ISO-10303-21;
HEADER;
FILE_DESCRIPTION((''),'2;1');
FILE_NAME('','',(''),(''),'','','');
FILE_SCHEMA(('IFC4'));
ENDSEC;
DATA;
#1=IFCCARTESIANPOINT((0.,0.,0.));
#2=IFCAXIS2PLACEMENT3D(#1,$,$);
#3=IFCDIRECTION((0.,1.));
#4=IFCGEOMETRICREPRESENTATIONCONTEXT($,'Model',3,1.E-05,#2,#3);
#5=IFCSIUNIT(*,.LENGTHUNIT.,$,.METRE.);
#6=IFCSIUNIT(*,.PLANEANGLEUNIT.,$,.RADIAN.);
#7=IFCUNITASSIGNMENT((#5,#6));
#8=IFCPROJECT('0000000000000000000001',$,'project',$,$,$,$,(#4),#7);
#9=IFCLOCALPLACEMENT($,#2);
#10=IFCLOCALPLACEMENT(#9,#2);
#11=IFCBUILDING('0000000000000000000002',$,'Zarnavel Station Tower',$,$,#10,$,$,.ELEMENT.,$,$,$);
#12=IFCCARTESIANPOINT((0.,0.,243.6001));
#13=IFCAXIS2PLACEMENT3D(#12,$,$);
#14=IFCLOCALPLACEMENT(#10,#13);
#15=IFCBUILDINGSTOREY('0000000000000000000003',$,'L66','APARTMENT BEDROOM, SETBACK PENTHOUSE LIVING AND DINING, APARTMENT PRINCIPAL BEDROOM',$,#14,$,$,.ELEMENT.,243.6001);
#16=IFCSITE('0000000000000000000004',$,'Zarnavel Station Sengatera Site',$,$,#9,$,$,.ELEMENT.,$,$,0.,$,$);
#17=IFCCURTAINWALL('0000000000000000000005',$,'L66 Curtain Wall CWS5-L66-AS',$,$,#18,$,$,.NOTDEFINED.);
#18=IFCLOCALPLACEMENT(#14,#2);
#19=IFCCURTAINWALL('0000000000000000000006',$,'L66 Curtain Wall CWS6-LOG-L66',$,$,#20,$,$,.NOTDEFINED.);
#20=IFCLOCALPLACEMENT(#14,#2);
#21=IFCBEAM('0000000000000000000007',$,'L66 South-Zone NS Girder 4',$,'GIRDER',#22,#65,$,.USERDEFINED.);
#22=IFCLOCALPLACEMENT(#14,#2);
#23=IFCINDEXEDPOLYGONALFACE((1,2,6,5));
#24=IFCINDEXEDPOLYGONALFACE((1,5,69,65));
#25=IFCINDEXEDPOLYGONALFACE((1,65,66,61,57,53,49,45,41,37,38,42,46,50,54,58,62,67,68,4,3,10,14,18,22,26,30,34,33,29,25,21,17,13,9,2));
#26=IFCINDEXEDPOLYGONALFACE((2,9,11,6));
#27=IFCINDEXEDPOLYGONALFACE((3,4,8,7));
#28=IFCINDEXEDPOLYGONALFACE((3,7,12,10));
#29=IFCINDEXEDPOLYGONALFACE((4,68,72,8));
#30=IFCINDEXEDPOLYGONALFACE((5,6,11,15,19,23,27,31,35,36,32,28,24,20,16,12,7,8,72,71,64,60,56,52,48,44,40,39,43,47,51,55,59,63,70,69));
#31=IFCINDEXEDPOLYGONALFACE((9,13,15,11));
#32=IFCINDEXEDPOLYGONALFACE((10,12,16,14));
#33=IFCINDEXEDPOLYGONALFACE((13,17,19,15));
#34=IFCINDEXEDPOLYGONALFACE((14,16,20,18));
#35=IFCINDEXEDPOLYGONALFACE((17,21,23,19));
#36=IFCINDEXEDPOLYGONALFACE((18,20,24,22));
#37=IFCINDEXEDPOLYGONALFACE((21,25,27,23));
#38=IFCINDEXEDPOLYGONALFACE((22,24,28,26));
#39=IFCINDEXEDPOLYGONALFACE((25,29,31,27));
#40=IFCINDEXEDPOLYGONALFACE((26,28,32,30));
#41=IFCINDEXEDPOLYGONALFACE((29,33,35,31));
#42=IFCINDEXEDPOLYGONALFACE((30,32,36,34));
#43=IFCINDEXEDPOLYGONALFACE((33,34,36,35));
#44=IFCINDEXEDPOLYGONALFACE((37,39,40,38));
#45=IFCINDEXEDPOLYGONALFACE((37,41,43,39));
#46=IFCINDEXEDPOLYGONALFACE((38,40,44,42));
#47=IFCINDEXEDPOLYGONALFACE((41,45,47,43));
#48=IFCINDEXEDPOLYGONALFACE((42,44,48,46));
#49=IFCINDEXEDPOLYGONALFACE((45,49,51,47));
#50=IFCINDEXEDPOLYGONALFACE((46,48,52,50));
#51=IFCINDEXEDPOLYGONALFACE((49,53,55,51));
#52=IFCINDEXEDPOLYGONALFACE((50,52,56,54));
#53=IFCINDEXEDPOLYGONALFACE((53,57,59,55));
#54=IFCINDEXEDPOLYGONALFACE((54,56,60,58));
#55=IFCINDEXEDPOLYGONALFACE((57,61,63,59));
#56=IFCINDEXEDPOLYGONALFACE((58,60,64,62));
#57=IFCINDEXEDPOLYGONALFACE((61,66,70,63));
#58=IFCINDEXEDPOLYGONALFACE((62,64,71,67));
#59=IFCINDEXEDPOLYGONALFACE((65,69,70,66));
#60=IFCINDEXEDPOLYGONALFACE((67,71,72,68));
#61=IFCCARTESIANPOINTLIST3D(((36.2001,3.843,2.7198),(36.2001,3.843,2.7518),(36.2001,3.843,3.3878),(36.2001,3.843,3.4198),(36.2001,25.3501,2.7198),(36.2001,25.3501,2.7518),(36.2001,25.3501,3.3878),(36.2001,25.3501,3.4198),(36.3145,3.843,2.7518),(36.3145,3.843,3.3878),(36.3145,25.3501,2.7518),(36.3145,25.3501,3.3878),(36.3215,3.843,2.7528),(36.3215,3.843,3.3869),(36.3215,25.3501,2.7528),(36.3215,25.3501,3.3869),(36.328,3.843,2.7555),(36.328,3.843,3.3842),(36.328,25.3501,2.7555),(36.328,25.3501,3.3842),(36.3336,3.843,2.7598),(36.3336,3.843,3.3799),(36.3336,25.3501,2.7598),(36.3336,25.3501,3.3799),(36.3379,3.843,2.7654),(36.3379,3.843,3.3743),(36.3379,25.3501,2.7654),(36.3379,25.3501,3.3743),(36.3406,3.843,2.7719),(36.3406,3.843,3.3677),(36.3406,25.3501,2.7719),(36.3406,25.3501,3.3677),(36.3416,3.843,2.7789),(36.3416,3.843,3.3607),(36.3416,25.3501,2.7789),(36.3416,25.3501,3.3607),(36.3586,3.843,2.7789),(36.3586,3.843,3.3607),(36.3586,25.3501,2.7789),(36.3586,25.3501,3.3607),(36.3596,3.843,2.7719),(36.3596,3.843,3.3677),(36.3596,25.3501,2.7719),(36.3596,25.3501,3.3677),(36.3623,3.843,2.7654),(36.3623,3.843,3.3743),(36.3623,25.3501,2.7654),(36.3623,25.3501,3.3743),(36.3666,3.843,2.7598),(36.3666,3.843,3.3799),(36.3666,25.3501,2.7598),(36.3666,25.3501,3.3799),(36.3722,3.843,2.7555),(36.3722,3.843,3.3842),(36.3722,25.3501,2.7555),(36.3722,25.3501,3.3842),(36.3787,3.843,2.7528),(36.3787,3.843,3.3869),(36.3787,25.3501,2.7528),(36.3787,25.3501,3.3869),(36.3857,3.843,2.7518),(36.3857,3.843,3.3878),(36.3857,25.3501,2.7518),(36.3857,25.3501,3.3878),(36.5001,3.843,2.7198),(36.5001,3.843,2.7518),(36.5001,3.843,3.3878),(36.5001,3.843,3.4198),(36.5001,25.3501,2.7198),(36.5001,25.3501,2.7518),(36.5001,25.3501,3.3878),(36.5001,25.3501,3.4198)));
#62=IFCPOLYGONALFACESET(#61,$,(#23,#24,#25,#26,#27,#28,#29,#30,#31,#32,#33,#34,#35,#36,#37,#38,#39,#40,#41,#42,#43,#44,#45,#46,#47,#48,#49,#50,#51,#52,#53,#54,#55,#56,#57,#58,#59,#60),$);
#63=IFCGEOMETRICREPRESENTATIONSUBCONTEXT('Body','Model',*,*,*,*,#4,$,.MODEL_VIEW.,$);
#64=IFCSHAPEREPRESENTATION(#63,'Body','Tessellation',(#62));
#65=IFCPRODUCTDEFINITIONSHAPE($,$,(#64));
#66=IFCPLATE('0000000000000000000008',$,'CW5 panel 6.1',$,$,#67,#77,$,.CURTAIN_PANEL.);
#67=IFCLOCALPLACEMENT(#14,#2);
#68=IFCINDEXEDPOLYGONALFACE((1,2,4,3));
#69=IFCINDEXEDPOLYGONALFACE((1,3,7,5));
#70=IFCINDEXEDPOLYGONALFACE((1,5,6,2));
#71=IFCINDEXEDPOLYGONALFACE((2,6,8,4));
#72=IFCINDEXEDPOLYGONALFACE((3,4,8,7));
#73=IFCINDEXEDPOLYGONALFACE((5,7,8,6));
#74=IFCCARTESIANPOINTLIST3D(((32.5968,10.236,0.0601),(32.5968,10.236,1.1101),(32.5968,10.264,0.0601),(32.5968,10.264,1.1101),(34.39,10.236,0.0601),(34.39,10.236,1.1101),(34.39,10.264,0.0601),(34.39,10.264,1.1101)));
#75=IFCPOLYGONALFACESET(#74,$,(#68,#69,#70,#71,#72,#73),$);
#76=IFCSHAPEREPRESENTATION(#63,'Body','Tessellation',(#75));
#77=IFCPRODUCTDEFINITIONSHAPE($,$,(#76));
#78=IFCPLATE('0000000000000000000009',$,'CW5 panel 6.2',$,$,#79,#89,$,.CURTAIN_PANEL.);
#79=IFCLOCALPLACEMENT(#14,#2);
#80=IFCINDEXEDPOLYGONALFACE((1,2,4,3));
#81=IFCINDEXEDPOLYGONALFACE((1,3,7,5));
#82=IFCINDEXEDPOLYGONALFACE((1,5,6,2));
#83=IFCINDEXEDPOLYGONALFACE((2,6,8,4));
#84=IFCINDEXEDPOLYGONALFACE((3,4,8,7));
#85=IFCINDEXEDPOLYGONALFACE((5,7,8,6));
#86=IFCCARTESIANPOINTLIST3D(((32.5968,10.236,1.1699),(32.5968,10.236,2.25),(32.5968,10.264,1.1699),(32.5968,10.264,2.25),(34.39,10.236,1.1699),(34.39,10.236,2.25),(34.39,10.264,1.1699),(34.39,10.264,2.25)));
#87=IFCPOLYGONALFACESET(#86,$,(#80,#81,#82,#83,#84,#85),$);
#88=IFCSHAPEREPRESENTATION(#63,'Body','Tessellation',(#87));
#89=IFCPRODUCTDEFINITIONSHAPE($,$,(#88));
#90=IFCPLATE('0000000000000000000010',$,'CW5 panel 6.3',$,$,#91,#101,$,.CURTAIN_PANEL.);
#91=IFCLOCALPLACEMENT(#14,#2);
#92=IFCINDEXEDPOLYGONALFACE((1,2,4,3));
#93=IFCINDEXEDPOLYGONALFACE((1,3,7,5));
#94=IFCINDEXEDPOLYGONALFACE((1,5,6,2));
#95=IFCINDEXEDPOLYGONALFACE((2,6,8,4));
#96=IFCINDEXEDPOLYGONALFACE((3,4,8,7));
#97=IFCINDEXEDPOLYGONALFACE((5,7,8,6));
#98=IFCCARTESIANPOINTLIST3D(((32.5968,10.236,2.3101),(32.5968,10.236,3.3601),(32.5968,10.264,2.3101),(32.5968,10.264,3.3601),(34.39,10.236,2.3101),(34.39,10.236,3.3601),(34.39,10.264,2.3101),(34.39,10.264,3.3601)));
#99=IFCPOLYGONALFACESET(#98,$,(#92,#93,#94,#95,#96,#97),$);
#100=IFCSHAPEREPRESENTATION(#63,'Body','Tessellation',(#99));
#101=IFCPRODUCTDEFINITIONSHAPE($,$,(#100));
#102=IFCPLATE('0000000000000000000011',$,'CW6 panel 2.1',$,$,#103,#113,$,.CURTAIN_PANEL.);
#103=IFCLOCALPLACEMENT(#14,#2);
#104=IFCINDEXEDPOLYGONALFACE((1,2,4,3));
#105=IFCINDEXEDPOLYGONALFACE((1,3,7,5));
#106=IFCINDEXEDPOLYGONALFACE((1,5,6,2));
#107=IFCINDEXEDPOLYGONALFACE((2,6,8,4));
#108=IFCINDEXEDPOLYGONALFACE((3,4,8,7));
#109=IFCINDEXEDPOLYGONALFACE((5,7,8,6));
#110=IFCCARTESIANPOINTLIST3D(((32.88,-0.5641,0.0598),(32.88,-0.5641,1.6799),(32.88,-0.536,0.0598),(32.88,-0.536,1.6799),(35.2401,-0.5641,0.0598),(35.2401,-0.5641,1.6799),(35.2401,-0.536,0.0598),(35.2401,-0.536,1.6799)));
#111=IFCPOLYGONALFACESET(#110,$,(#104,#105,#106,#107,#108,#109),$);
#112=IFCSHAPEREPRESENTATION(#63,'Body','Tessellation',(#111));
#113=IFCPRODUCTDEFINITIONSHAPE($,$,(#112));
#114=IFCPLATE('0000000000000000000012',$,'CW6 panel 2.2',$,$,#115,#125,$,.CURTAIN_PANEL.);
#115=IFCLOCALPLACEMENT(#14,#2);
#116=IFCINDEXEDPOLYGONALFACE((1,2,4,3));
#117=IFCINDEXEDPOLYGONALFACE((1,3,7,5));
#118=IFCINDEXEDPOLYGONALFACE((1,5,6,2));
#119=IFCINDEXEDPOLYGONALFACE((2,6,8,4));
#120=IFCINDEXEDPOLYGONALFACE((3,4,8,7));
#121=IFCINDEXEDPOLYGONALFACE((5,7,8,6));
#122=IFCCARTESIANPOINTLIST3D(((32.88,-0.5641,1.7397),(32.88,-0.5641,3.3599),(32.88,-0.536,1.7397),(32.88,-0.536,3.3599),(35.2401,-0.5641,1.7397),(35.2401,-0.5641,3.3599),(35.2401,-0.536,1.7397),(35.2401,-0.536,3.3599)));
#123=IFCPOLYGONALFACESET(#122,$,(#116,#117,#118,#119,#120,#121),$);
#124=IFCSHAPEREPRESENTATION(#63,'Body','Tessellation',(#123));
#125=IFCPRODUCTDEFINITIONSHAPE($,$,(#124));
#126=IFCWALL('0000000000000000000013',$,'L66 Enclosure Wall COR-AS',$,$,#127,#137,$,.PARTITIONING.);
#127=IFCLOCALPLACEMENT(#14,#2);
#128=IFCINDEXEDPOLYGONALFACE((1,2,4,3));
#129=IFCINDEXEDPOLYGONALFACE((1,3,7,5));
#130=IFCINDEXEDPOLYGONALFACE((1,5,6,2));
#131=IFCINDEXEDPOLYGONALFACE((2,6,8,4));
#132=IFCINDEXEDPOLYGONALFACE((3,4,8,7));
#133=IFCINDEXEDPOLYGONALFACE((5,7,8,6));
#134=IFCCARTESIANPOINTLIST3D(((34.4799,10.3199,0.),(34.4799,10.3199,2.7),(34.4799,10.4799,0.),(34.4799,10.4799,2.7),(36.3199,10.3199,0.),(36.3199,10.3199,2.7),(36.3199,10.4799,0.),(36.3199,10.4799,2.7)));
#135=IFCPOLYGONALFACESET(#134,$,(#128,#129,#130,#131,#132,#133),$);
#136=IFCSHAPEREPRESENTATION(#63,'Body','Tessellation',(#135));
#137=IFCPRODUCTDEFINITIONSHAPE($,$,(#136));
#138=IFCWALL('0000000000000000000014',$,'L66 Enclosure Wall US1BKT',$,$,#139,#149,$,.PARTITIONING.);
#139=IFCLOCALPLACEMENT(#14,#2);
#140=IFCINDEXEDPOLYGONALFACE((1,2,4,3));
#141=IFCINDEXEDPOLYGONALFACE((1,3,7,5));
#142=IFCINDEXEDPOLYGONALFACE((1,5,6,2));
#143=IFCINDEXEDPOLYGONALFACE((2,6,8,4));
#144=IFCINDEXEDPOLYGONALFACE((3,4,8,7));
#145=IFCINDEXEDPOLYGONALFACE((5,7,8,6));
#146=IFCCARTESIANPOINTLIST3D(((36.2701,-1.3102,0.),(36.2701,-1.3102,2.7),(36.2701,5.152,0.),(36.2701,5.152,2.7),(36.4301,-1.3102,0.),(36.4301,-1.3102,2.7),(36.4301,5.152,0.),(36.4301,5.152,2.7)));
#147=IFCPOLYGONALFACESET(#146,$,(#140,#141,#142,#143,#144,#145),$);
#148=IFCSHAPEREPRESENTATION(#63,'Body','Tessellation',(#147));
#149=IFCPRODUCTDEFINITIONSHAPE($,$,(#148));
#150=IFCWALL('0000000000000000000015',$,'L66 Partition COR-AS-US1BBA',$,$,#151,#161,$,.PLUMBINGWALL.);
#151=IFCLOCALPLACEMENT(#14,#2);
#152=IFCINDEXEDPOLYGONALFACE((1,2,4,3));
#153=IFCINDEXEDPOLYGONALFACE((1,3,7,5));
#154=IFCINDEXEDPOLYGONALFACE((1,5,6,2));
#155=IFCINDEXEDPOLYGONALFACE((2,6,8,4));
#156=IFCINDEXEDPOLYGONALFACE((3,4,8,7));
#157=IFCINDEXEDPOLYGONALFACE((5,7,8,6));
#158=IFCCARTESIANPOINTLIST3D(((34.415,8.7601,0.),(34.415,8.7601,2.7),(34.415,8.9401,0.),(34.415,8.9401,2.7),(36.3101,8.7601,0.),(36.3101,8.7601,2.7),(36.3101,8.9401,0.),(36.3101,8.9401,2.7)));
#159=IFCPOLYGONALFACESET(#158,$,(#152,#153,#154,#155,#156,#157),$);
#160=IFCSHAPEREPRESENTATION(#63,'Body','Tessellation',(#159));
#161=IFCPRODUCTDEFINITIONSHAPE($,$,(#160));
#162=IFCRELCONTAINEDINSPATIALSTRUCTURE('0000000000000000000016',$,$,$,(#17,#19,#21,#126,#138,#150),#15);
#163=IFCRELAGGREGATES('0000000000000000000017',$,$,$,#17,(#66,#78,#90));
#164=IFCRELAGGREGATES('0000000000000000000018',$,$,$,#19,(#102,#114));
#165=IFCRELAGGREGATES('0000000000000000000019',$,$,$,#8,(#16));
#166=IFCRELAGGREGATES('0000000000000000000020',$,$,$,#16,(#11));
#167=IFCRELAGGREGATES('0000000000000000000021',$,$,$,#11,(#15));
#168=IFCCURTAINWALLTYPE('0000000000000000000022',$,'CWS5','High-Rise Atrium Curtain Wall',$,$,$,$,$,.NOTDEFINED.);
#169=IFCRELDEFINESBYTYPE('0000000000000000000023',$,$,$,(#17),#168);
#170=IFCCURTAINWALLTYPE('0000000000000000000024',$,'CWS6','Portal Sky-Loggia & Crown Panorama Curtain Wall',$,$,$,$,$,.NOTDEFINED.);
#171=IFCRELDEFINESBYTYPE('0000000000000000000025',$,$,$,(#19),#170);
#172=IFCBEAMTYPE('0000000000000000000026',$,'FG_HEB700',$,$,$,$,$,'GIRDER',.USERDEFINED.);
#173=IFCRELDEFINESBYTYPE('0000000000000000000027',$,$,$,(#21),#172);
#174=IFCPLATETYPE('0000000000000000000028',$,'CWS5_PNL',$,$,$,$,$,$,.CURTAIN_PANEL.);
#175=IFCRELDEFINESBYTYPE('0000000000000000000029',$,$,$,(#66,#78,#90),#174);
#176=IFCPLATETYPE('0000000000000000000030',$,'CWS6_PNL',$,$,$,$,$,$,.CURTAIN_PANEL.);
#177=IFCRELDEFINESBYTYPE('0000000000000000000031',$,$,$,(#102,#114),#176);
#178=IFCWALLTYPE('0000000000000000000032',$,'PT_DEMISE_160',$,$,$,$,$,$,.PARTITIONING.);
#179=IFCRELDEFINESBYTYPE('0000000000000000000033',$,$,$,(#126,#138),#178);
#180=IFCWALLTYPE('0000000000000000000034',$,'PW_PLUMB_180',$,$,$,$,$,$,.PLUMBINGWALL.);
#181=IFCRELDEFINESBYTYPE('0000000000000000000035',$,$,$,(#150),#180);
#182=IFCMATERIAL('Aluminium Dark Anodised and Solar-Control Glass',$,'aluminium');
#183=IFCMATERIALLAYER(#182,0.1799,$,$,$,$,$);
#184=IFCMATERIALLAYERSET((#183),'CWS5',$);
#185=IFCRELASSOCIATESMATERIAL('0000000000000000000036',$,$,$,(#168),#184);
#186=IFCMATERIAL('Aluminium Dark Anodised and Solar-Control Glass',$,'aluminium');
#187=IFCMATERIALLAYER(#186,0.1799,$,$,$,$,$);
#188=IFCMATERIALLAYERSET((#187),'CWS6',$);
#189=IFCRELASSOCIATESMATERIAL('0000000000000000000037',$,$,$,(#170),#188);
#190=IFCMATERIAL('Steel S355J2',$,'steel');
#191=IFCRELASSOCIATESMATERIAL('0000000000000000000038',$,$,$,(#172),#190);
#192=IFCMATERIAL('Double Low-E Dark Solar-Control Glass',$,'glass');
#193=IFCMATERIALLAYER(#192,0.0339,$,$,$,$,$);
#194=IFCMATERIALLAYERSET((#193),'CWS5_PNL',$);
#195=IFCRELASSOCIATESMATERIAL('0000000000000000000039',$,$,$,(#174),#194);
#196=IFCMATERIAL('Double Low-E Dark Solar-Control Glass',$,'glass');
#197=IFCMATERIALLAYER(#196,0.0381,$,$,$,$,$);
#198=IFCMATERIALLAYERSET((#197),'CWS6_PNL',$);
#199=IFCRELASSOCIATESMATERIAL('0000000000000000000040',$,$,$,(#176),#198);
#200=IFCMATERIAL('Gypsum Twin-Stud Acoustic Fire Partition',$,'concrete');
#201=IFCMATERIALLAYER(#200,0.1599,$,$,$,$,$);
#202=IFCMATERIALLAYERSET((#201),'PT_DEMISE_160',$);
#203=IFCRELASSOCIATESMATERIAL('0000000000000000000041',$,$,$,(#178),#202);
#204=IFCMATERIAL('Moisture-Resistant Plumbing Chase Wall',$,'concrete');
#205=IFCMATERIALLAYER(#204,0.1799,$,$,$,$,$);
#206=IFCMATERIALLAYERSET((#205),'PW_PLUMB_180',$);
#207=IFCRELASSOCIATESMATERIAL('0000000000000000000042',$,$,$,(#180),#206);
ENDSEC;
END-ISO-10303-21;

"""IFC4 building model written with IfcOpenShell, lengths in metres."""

from ifc_helpers import new_model, si_unit, direction, frame, frame_2d, origin, origin_2d, place, context, subcontext, project, spatial, rectangle, i_section, extrude, material, layer, layer_set, material_profile, profile_set, type_object, element, aggregate, save


model = new_model("IFC4")

# Units and contexts
model_context = context("Model", 3, precision=1e-05, world=origin(), true_north=direction((0.0, 1.0)))
body_context = subcontext(model_context, "Body", "Model", "MODEL_VIEW")
ifc_project = project(units=[si_unit("LENGTHUNIT", "METRE"), si_unit("PLANEANGLEUNIT", "RADIAN")], contexts=[model_context])

# Site, building, storey
site_placement = place(None, origin())
site = spatial("IfcSite", under=ifc_project, at=site_placement, Name="Zarnavel Station Sengatera Site", CompositionType="ELEMENT", RefElevation=0.0)
building_placement = place(site_placement, origin())
building = spatial("IfcBuilding", under=site, at=building_placement, Name="Zarnavel Station Tower", CompositionType="ELEMENT")
storey_placement = place(building_placement, frame((0.0, 0.0, 243.6001)))
storey = spatial("IfcBuildingStorey", under=building, at=storey_placement, Name="L66", Description="APARTMENT BEDROOM, SETBACK PENTHOUSE LIVING AND DINING, APARTMENT PRINCIPAL BEDROOM", CompositionType="ELEMENT", Elevation=243.6001)

# Curtain wall
ifc_material_1 = material(Name="Aluminium Dark Anodised and Solar-Control Glass", Category="aluminium")
ifc_layer_1 = layer(ifc_material_1, 0.1799)
ifc_layer_set_1 = layer_set([ifc_layer_1], Name="CWS5")
curtain_wall_type_1 = type_object("IfcCurtainWallType", Name="CWS5", Description="High-Rise Atrium Curtain Wall", PredefinedType="NOTDEFINED", material=ifc_layer_set_1)
curtain_wall_1_placement = place(storey_placement, origin())
curtain_wall_1 = element("IfcCurtainWall", 1, at=curtain_wall_1_placement, inside=storey, type_object=curtain_wall_type_1, Name="L66 Curtain Wall CWS5-L66-AS", PredefinedType="NOTDEFINED")

# Curtain wall
ifc_material_2 = material(Name="Aluminium Dark Anodised and Solar-Control Glass", Category="aluminium")
ifc_layer_2 = layer(ifc_material_2, 0.1799)
ifc_layer_set_2 = layer_set([ifc_layer_2], Name="CWS6")
curtain_wall_type_2 = type_object("IfcCurtainWallType", Name="CWS6", Description="Portal Sky-Loggia & Crown Panorama Curtain Wall", PredefinedType="NOTDEFINED", material=ifc_layer_set_2)
curtain_wall_2_placement = place(storey_placement, origin())
curtain_wall_2 = element("IfcCurtainWall", 2, at=curtain_wall_2_placement, inside=storey, type_object=curtain_wall_type_2, Name="L66 Curtain Wall CWS6-LOG-L66", PredefinedType="NOTDEFINED")

# Beam
ifc_material_3 = material(Name="Steel S355J2", Category="steel")
ifc_material_profile_1 = material_profile(ifc_material_3, i_section(OverallWidth=0.3, OverallDepth=0.7, WebThickness=0.0171, FlangeThickness=0.032, FilletRadius=0.0271, at=origin_2d()), Name="HEB700")
ifc_profile_set_1 = profile_set([ifc_material_profile_1], Name="Steel S355J2")
beam_type_1 = type_object("IfcBeamType", Name="FG_HEB700", ElementType="GIRDER", PredefinedType="USERDEFINED", material=ifc_profile_set_1)
beam_1_placement = place(storey_placement, frame((36.3501, 3.843, 3.0698), z_axis=(0.0, 1.0, 0.0), x_axis=(-1.0, 0.0, 0.0)))
element("IfcBeam", 3, at=beam_1_placement, inside=storey, type_object=beam_type_1, Name="L66 South-Zone NS Girder 4", ObjectType="GIRDER", PredefinedType="USERDEFINED", context=body_context, shape_type="SweptSolid", body=[
    extrude(i_section(OverallWidth=0.3, OverallDepth=0.7, WebThickness=0.0171, FlangeThickness=0.032, FilletRadius=0.0271, at=origin_2d()), origin(), (0.0, 0.0, 1.0), 21.5071),
])

# Plates
ifc_material_4 = material(Name="Double Low-E Dark Solar-Control Glass", Category="glass")
ifc_layer_3 = layer(ifc_material_4, 0.0339)
ifc_layer_set_3 = layer_set([ifc_layer_3], Name="CWS5_PNL")
plate_type_1 = type_object("IfcPlateType", Name="CWS5_PNL", PredefinedType="CURTAIN_PANEL", material=ifc_layer_set_3)
plate_1_placement = place(storey_placement, frame((33.4934, 10.25, 0.0601), z_axis=(0.0, 0.0, 1.0), x_axis=(1.0, 0.0, 0.0)))
plate_1 = element("IfcPlate", 4, at=plate_1_placement, type_object=plate_type_1, Name="CW5 panel 6.1", PredefinedType="CURTAIN_PANEL", context=body_context, shape_type="SweptSolid", body=[
    extrude(rectangle(XDim=1.7932, YDim=0.0281, at=origin_2d()), origin(), (0.0, 0.0, 1.0), 1.05),
])
plate_2_placement = place(storey_placement, frame((33.4934, 10.25, 1.1699), z_axis=(0.0, 0.0, 1.0), x_axis=(1.0, 0.0, 0.0)))
plate_2 = element("IfcPlate", 5, at=plate_2_placement, type_object=plate_type_1, Name="CW5 panel 6.2", PredefinedType="CURTAIN_PANEL", context=body_context, shape_type="SweptSolid", body=[
    extrude(rectangle(XDim=1.7932, YDim=0.0281, at=origin_2d()), origin(), (0.0, 0.0, 1.0), 1.0801),
])
plate_3_placement = place(storey_placement, frame((33.4934, 10.25, 2.3101), z_axis=(0.0, 0.0, 1.0), x_axis=(1.0, 0.0, 0.0)))
plate_3 = element("IfcPlate", 6, at=plate_3_placement, type_object=plate_type_1, Name="CW5 panel 6.3", PredefinedType="CURTAIN_PANEL", context=body_context, shape_type="SweptSolid", body=[
    extrude(rectangle(XDim=1.7932, YDim=0.0281, at=origin_2d()), origin(), (0.0, 0.0, 1.0), 1.05),
])
aggregate(curtain_wall_1, [plate_1, plate_2, plate_3])
ifc_material_5 = material(Name="Double Low-E Dark Solar-Control Glass", Category="glass")
ifc_layer_4 = layer(ifc_material_5, 0.0381)
ifc_layer_set_4 = layer_set([ifc_layer_4], Name="CWS6_PNL")
plate_type_2 = type_object("IfcPlateType", Name="CWS6_PNL", PredefinedType="CURTAIN_PANEL", material=ifc_layer_set_4)
plate_4_placement = place(storey_placement, frame((34.0601, -0.55, 0.0598), z_axis=(0.0, 0.0, 1.0), x_axis=(1.0, 0.0, 0.0)))
plate_4 = element("IfcPlate", 7, at=plate_4_placement, type_object=plate_type_2, Name="CW6 panel 2.1", PredefinedType="CURTAIN_PANEL", context=body_context, shape_type="SweptSolid", body=[
    extrude(rectangle(XDim=2.3601, YDim=0.0281, at=origin_2d()), origin(), (0.0, 0.0, 1.0), 1.6201),
])
plate_5_placement = place(storey_placement, frame((34.0601, -0.55, 1.7397), z_axis=(0.0, 0.0, 1.0), x_axis=(1.0, 0.0, 0.0)))
plate_5 = element("IfcPlate", 8, at=plate_5_placement, type_object=plate_type_2, Name="CW6 panel 2.2", PredefinedType="CURTAIN_PANEL", context=body_context, shape_type="SweptSolid", body=[
    extrude(rectangle(XDim=2.3601, YDim=0.0281, at=origin_2d()), origin(), (0.0, 0.0, 1.0), 1.6201),
])
aggregate(curtain_wall_2, [plate_4, plate_5])

# Walls
ifc_material_6 = material(Name="Gypsum Twin-Stud Acoustic Fire Partition", Category="concrete")
ifc_layer_5 = layer(ifc_material_6, 0.1599)
ifc_layer_set_5 = layer_set([ifc_layer_5], Name="PT_DEMISE_160")
wall_type_1 = type_object("IfcWallType", Name="PT_DEMISE_160", PredefinedType="PARTITIONING", material=ifc_layer_set_5)
wall_1_placement = place(storey_placement, frame((34.48, 10.3999, 0.0), z_axis=(0.0, 0.0, 1.0), x_axis=(1.0, 0.0, 0.0)))
element("IfcWall", 9, at=wall_1_placement, inside=storey, type_object=wall_type_1, Name="L66 Enclosure Wall COR-AS", PredefinedType="PARTITIONING", context=body_context, shape_type="SweptSolid", body=[
    extrude(rectangle(XDim=1.8401, YDim=0.1599, at=frame_2d((0.9199, 0.0))), origin(), (0.0, 0.0, 1.0), 2.7),
])
wall_2_placement = place(storey_placement, frame((36.3501, -1.3101, 0.0), z_axis=(0.0, 0.0, 1.0), x_axis=(0.0, 1.0, 0.0)))
element("IfcWall", 10, at=wall_2_placement, inside=storey, type_object=wall_type_1, Name="L66 Enclosure Wall US1BKT", PredefinedType="PARTITIONING", context=body_context, shape_type="SweptSolid", body=[
    extrude(rectangle(XDim=6.4622, YDim=0.1599, at=frame_2d((3.231, 0.0))), origin(), (0.0, 0.0, 1.0), 2.7),
])
ifc_material_7 = material(Name="Moisture-Resistant Plumbing Chase Wall", Category="concrete")
ifc_layer_6 = layer(ifc_material_7, 0.1799)
ifc_layer_set_6 = layer_set([ifc_layer_6], Name="PW_PLUMB_180")
wall_type_2 = type_object("IfcWallType", Name="PW_PLUMB_180", PredefinedType="PLUMBINGWALL", material=ifc_layer_set_6)
wall_3_placement = place(storey_placement, frame((34.415, 8.8501, 0.0), z_axis=(0.0, 0.0, 1.0), x_axis=(1.0, 0.0, 0.0)))
element("IfcWall", 11, at=wall_3_placement, inside=storey, type_object=wall_type_2, Name="L66 Partition COR-AS-US1BBA", PredefinedType="PLUMBINGWALL", context=body_context, shape_type="SweptSolid", body=[
    extrude(rectangle(XDim=1.895, YDim=0.1799, at=frame_2d((0.9475, 0.0))), origin(), (0.0, 0.0, 1.0), 2.7),
])

save(model, "model.ifc")
